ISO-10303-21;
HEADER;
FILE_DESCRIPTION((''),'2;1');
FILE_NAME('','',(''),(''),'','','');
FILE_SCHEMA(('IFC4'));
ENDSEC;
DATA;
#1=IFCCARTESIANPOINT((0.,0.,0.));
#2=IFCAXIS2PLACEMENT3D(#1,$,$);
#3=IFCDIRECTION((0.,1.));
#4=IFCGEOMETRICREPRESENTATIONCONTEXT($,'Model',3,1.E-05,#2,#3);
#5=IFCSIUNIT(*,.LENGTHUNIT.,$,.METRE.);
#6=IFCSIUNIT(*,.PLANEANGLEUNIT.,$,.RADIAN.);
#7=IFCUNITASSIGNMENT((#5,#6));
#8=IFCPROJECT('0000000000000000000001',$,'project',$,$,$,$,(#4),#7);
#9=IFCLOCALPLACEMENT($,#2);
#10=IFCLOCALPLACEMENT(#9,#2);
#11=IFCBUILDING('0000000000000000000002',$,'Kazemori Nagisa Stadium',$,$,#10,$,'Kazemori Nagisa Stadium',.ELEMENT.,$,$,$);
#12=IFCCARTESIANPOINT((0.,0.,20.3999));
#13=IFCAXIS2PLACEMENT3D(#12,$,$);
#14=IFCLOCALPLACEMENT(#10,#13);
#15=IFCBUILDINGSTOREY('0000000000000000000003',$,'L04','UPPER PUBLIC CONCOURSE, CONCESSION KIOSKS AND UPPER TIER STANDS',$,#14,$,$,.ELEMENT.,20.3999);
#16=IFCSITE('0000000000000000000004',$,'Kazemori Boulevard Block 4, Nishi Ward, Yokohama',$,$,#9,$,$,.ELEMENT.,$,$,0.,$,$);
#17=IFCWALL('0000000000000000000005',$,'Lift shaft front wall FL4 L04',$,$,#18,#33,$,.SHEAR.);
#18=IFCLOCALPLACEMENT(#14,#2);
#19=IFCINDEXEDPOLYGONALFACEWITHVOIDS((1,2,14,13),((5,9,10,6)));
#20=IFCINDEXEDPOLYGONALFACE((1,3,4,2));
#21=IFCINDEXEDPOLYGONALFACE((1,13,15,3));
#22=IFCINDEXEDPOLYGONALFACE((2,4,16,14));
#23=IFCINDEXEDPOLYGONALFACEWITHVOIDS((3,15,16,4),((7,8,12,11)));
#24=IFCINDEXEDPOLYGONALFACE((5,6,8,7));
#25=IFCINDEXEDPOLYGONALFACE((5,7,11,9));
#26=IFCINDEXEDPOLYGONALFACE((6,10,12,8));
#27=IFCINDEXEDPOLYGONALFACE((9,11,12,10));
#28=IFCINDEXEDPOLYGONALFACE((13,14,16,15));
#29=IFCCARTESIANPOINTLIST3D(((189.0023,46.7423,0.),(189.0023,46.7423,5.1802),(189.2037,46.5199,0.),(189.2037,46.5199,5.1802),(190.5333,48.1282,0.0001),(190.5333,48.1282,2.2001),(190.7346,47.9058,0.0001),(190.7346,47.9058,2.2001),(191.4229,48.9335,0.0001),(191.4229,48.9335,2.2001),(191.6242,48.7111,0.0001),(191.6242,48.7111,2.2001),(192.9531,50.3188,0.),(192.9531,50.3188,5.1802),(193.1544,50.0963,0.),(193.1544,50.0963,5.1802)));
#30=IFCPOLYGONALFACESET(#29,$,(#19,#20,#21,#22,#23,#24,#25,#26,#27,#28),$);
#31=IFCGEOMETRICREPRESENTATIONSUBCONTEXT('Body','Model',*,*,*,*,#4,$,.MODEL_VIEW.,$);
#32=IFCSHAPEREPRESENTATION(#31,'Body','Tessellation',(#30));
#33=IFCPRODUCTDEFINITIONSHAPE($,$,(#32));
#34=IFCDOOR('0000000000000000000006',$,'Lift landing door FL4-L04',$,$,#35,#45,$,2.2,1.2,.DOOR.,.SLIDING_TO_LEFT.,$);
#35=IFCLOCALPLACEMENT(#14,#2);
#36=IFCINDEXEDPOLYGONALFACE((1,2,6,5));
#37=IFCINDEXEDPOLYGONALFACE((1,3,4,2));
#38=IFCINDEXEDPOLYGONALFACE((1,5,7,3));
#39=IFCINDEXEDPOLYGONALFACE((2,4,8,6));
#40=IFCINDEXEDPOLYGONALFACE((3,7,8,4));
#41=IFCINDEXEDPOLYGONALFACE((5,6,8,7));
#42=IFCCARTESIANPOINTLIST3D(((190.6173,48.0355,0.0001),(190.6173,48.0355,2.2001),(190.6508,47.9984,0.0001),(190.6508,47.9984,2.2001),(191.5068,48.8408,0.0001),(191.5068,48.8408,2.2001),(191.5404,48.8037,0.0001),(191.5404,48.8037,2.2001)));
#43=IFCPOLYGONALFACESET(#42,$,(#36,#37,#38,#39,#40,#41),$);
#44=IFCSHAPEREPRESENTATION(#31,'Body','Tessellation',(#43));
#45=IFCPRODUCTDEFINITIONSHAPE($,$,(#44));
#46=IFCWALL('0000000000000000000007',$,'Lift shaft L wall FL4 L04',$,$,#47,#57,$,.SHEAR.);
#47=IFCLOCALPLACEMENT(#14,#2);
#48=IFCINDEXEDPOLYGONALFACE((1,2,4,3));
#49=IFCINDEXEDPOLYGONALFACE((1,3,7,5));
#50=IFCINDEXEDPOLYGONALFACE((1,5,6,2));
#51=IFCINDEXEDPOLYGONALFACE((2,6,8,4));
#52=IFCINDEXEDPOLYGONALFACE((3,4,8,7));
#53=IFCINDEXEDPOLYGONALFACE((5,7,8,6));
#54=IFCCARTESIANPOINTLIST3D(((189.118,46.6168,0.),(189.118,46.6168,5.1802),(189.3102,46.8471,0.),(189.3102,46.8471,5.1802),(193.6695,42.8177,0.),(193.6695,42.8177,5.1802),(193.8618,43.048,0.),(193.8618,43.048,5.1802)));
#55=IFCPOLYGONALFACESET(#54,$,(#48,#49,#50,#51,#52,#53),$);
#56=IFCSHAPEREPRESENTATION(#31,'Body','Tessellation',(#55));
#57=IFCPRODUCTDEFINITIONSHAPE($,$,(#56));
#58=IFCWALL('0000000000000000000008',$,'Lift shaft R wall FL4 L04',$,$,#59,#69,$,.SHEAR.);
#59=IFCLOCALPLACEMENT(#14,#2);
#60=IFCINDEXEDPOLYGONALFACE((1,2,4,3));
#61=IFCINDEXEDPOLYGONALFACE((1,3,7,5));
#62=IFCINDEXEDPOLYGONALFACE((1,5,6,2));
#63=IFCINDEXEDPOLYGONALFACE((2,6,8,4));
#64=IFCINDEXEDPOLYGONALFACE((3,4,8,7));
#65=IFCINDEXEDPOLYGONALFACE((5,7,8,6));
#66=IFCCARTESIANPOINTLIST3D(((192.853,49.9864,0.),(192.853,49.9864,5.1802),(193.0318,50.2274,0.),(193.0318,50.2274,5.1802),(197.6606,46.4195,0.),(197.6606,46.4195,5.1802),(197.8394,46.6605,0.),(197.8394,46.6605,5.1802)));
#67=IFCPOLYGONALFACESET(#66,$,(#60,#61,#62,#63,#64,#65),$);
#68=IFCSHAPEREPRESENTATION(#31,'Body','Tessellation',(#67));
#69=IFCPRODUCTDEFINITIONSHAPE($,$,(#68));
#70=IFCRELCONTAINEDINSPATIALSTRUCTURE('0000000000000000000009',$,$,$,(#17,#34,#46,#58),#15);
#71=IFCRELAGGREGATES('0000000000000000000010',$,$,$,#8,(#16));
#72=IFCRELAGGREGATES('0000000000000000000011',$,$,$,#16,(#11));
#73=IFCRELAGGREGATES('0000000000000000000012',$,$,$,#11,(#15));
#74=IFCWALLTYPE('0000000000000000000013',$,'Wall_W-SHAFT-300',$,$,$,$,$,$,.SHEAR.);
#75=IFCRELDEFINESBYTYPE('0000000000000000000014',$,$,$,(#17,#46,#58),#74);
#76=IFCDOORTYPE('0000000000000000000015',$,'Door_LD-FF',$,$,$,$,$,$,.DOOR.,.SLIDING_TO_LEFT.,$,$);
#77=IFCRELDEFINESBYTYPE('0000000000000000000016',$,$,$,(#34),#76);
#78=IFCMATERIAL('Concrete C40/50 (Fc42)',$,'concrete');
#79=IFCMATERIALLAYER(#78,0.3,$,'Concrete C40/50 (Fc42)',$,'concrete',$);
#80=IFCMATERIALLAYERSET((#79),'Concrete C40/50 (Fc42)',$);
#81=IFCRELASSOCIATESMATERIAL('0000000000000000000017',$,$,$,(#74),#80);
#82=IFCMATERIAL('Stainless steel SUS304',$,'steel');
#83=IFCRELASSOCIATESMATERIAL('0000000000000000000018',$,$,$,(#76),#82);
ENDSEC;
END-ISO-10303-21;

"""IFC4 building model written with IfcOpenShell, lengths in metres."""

from ifc_helpers import new_model, si_unit, direction, frame, frame_2d, origin, place, context, subcontext, project, spatial, rectangle, extrude, material, layer, layer_set, type_object, element, fill, save


model = new_model("IFC4")

# Units and contexts
model_context = context("Model", 3, precision=1e-05, world=origin(), true_north=direction((0.0, 1.0)))
body_context = subcontext(model_context, "Body", "Model", "MODEL_VIEW")
ifc_project = project(units=[si_unit("LENGTHUNIT", "METRE"), si_unit("PLANEANGLEUNIT", "RADIAN")], contexts=[model_context])

# Site, building, storey
site_placement = place(None, origin())
site = spatial("IfcSite", under=ifc_project, at=site_placement, Name="Kazemori Boulevard Block 4, Nishi Ward, Yokohama", CompositionType="ELEMENT", RefElevation=0.0)
building_placement = place(site_placement, origin())
building = spatial("IfcBuilding", under=site, at=building_placement, Name="Kazemori Nagisa Stadium", LongName="Kazemori Nagisa Stadium", CompositionType="ELEMENT")
storey_placement = place(building_placement, frame((0.0, 0.0, 20.3999)))
storey = spatial("IfcBuildingStorey", under=building, at=storey_placement, Name="L04", Description="UPPER PUBLIC CONCOURSE, CONCESSION KIOSKS AND UPPER TIER STANDS", CompositionType="ELEMENT", Elevation=20.3999)

# Shared definitions
ifc_material_1 = material(Name="Concrete C40/50 (Fc42)", Category="concrete")

# Wall, opening, door
ifc_layer_1 = layer(ifc_material_1, 0.3, Name="Concrete C40/50 (Fc42)", Category="concrete")
ifc_layer_set_1 = layer_set([ifc_layer_1], Name="Concrete C40/50 (Fc42)")
wall_type_1 = type_object("IfcWallType", Name="Wall_W-SHAFT-300", PredefinedType="SHEAR", material=ifc_layer_set_1)
wall_1_placement = place(storey_placement, frame((189.103, 46.6311, 0.0), z_axis=(0.0, 0.0, 1.0), x_axis=(0.74135, 0.671118, 0.0)))
wall_1 = element("IfcWall", 1, at=wall_1_placement, inside=storey, type_object=wall_type_1, Name="Lift shaft front wall FL4 L04", PredefinedType="SHEAR", context=body_context, shape_type="SweptSolid", body=[
    extrude(rectangle(XDim=5.3291, YDim=0.3, at=frame_2d((2.6646, 0.0))), origin(), (0.0, 0.0, 1.0), 5.1802),
])
opening_1_placement = place(wall_1_placement, frame((2.0649, 0.0, 0.0)))
opening_1 = element("IfcOpeningElement", 2, at=opening_1_placement, cuts=wall_1, PredefinedType="OPENING", context=body_context, shape_type="SweptSolid", body=[
    extrude(rectangle(XDim=1.2, YDim=2.2, at=frame_2d((0.6001, 1.1001))), frame((0.0, 0.1599, 0.0), z_axis=(0.0, -1.0, 0.0), x_axis=(1.0, 0.0, 0.0)), (0.0, 0.0, 1.0), 0.3201),
])
ifc_material_2 = material(Name="Stainless steel SUS304", Category="steel")
door_type_1 = type_object("IfcDoorType", Name="Door_LD-FF", OperationType="SLIDING_TO_LEFT", PredefinedType="DOOR", material=ifc_material_2)
door_1_placement = place(opening_1_placement, origin())
door_1 = element("IfcDoor", 3, at=door_1_placement, inside=storey, type_object=door_type_1, Name="Lift landing door FL4-L04", OperationType="SLIDING_TO_LEFT", OverallHeight=2.2, OverallWidth=1.2, PredefinedType="DOOR", context=body_context, shape_type="SweptSolid", body=[
    extrude(rectangle(XDim=1.2, YDim=2.2, at=frame_2d((0.6001, 1.1001))), frame((0.0, 0.0249, 0.0), z_axis=(0.0, -1.0, 0.0), x_axis=(1.0, 0.0, 0.0)), (0.0, 0.0, 1.0), 0.05),
])
fill(opening_1, door_1)

# Walls
wall_2_placement = place(storey_placement, frame((189.2141, 46.7319, 0.0), z_axis=(0.0, 0.0, 1.0), x_axis=(0.767711, -0.640796, 0.0)))
element("IfcWall", 4, at=wall_2_placement, inside=storey, type_object=wall_type_1, Name="Lift shaft L wall FL4 L04", PredefinedType="SHEAR", context=body_context, shape_type="SweptSolid", body=[
    extrude(rectangle(XDim=5.9287, YDim=0.3, at=frame_2d((2.9644, 0.0))), origin(), (0.0, 0.0, 1.0), 5.1802),
])
wall_3_placement = place(storey_placement, frame((192.9424, 50.1069, 0.0), z_axis=(0.0, 0.0, 1.0), x_axis=(0.803102, -0.595842, 0.0)))
element("IfcWall", 5, at=wall_3_placement, inside=storey, type_object=wall_type_1, Name="Lift shaft R wall FL4 L04", PredefinedType="SHEAR", context=body_context, shape_type="SweptSolid", body=[
    extrude(rectangle(XDim=5.9863, YDim=0.3, at=frame_2d((2.9932, 0.0))), origin(), (0.0, 0.0, 1.0), 5.1802),
])

save(model, "model.ifc")
